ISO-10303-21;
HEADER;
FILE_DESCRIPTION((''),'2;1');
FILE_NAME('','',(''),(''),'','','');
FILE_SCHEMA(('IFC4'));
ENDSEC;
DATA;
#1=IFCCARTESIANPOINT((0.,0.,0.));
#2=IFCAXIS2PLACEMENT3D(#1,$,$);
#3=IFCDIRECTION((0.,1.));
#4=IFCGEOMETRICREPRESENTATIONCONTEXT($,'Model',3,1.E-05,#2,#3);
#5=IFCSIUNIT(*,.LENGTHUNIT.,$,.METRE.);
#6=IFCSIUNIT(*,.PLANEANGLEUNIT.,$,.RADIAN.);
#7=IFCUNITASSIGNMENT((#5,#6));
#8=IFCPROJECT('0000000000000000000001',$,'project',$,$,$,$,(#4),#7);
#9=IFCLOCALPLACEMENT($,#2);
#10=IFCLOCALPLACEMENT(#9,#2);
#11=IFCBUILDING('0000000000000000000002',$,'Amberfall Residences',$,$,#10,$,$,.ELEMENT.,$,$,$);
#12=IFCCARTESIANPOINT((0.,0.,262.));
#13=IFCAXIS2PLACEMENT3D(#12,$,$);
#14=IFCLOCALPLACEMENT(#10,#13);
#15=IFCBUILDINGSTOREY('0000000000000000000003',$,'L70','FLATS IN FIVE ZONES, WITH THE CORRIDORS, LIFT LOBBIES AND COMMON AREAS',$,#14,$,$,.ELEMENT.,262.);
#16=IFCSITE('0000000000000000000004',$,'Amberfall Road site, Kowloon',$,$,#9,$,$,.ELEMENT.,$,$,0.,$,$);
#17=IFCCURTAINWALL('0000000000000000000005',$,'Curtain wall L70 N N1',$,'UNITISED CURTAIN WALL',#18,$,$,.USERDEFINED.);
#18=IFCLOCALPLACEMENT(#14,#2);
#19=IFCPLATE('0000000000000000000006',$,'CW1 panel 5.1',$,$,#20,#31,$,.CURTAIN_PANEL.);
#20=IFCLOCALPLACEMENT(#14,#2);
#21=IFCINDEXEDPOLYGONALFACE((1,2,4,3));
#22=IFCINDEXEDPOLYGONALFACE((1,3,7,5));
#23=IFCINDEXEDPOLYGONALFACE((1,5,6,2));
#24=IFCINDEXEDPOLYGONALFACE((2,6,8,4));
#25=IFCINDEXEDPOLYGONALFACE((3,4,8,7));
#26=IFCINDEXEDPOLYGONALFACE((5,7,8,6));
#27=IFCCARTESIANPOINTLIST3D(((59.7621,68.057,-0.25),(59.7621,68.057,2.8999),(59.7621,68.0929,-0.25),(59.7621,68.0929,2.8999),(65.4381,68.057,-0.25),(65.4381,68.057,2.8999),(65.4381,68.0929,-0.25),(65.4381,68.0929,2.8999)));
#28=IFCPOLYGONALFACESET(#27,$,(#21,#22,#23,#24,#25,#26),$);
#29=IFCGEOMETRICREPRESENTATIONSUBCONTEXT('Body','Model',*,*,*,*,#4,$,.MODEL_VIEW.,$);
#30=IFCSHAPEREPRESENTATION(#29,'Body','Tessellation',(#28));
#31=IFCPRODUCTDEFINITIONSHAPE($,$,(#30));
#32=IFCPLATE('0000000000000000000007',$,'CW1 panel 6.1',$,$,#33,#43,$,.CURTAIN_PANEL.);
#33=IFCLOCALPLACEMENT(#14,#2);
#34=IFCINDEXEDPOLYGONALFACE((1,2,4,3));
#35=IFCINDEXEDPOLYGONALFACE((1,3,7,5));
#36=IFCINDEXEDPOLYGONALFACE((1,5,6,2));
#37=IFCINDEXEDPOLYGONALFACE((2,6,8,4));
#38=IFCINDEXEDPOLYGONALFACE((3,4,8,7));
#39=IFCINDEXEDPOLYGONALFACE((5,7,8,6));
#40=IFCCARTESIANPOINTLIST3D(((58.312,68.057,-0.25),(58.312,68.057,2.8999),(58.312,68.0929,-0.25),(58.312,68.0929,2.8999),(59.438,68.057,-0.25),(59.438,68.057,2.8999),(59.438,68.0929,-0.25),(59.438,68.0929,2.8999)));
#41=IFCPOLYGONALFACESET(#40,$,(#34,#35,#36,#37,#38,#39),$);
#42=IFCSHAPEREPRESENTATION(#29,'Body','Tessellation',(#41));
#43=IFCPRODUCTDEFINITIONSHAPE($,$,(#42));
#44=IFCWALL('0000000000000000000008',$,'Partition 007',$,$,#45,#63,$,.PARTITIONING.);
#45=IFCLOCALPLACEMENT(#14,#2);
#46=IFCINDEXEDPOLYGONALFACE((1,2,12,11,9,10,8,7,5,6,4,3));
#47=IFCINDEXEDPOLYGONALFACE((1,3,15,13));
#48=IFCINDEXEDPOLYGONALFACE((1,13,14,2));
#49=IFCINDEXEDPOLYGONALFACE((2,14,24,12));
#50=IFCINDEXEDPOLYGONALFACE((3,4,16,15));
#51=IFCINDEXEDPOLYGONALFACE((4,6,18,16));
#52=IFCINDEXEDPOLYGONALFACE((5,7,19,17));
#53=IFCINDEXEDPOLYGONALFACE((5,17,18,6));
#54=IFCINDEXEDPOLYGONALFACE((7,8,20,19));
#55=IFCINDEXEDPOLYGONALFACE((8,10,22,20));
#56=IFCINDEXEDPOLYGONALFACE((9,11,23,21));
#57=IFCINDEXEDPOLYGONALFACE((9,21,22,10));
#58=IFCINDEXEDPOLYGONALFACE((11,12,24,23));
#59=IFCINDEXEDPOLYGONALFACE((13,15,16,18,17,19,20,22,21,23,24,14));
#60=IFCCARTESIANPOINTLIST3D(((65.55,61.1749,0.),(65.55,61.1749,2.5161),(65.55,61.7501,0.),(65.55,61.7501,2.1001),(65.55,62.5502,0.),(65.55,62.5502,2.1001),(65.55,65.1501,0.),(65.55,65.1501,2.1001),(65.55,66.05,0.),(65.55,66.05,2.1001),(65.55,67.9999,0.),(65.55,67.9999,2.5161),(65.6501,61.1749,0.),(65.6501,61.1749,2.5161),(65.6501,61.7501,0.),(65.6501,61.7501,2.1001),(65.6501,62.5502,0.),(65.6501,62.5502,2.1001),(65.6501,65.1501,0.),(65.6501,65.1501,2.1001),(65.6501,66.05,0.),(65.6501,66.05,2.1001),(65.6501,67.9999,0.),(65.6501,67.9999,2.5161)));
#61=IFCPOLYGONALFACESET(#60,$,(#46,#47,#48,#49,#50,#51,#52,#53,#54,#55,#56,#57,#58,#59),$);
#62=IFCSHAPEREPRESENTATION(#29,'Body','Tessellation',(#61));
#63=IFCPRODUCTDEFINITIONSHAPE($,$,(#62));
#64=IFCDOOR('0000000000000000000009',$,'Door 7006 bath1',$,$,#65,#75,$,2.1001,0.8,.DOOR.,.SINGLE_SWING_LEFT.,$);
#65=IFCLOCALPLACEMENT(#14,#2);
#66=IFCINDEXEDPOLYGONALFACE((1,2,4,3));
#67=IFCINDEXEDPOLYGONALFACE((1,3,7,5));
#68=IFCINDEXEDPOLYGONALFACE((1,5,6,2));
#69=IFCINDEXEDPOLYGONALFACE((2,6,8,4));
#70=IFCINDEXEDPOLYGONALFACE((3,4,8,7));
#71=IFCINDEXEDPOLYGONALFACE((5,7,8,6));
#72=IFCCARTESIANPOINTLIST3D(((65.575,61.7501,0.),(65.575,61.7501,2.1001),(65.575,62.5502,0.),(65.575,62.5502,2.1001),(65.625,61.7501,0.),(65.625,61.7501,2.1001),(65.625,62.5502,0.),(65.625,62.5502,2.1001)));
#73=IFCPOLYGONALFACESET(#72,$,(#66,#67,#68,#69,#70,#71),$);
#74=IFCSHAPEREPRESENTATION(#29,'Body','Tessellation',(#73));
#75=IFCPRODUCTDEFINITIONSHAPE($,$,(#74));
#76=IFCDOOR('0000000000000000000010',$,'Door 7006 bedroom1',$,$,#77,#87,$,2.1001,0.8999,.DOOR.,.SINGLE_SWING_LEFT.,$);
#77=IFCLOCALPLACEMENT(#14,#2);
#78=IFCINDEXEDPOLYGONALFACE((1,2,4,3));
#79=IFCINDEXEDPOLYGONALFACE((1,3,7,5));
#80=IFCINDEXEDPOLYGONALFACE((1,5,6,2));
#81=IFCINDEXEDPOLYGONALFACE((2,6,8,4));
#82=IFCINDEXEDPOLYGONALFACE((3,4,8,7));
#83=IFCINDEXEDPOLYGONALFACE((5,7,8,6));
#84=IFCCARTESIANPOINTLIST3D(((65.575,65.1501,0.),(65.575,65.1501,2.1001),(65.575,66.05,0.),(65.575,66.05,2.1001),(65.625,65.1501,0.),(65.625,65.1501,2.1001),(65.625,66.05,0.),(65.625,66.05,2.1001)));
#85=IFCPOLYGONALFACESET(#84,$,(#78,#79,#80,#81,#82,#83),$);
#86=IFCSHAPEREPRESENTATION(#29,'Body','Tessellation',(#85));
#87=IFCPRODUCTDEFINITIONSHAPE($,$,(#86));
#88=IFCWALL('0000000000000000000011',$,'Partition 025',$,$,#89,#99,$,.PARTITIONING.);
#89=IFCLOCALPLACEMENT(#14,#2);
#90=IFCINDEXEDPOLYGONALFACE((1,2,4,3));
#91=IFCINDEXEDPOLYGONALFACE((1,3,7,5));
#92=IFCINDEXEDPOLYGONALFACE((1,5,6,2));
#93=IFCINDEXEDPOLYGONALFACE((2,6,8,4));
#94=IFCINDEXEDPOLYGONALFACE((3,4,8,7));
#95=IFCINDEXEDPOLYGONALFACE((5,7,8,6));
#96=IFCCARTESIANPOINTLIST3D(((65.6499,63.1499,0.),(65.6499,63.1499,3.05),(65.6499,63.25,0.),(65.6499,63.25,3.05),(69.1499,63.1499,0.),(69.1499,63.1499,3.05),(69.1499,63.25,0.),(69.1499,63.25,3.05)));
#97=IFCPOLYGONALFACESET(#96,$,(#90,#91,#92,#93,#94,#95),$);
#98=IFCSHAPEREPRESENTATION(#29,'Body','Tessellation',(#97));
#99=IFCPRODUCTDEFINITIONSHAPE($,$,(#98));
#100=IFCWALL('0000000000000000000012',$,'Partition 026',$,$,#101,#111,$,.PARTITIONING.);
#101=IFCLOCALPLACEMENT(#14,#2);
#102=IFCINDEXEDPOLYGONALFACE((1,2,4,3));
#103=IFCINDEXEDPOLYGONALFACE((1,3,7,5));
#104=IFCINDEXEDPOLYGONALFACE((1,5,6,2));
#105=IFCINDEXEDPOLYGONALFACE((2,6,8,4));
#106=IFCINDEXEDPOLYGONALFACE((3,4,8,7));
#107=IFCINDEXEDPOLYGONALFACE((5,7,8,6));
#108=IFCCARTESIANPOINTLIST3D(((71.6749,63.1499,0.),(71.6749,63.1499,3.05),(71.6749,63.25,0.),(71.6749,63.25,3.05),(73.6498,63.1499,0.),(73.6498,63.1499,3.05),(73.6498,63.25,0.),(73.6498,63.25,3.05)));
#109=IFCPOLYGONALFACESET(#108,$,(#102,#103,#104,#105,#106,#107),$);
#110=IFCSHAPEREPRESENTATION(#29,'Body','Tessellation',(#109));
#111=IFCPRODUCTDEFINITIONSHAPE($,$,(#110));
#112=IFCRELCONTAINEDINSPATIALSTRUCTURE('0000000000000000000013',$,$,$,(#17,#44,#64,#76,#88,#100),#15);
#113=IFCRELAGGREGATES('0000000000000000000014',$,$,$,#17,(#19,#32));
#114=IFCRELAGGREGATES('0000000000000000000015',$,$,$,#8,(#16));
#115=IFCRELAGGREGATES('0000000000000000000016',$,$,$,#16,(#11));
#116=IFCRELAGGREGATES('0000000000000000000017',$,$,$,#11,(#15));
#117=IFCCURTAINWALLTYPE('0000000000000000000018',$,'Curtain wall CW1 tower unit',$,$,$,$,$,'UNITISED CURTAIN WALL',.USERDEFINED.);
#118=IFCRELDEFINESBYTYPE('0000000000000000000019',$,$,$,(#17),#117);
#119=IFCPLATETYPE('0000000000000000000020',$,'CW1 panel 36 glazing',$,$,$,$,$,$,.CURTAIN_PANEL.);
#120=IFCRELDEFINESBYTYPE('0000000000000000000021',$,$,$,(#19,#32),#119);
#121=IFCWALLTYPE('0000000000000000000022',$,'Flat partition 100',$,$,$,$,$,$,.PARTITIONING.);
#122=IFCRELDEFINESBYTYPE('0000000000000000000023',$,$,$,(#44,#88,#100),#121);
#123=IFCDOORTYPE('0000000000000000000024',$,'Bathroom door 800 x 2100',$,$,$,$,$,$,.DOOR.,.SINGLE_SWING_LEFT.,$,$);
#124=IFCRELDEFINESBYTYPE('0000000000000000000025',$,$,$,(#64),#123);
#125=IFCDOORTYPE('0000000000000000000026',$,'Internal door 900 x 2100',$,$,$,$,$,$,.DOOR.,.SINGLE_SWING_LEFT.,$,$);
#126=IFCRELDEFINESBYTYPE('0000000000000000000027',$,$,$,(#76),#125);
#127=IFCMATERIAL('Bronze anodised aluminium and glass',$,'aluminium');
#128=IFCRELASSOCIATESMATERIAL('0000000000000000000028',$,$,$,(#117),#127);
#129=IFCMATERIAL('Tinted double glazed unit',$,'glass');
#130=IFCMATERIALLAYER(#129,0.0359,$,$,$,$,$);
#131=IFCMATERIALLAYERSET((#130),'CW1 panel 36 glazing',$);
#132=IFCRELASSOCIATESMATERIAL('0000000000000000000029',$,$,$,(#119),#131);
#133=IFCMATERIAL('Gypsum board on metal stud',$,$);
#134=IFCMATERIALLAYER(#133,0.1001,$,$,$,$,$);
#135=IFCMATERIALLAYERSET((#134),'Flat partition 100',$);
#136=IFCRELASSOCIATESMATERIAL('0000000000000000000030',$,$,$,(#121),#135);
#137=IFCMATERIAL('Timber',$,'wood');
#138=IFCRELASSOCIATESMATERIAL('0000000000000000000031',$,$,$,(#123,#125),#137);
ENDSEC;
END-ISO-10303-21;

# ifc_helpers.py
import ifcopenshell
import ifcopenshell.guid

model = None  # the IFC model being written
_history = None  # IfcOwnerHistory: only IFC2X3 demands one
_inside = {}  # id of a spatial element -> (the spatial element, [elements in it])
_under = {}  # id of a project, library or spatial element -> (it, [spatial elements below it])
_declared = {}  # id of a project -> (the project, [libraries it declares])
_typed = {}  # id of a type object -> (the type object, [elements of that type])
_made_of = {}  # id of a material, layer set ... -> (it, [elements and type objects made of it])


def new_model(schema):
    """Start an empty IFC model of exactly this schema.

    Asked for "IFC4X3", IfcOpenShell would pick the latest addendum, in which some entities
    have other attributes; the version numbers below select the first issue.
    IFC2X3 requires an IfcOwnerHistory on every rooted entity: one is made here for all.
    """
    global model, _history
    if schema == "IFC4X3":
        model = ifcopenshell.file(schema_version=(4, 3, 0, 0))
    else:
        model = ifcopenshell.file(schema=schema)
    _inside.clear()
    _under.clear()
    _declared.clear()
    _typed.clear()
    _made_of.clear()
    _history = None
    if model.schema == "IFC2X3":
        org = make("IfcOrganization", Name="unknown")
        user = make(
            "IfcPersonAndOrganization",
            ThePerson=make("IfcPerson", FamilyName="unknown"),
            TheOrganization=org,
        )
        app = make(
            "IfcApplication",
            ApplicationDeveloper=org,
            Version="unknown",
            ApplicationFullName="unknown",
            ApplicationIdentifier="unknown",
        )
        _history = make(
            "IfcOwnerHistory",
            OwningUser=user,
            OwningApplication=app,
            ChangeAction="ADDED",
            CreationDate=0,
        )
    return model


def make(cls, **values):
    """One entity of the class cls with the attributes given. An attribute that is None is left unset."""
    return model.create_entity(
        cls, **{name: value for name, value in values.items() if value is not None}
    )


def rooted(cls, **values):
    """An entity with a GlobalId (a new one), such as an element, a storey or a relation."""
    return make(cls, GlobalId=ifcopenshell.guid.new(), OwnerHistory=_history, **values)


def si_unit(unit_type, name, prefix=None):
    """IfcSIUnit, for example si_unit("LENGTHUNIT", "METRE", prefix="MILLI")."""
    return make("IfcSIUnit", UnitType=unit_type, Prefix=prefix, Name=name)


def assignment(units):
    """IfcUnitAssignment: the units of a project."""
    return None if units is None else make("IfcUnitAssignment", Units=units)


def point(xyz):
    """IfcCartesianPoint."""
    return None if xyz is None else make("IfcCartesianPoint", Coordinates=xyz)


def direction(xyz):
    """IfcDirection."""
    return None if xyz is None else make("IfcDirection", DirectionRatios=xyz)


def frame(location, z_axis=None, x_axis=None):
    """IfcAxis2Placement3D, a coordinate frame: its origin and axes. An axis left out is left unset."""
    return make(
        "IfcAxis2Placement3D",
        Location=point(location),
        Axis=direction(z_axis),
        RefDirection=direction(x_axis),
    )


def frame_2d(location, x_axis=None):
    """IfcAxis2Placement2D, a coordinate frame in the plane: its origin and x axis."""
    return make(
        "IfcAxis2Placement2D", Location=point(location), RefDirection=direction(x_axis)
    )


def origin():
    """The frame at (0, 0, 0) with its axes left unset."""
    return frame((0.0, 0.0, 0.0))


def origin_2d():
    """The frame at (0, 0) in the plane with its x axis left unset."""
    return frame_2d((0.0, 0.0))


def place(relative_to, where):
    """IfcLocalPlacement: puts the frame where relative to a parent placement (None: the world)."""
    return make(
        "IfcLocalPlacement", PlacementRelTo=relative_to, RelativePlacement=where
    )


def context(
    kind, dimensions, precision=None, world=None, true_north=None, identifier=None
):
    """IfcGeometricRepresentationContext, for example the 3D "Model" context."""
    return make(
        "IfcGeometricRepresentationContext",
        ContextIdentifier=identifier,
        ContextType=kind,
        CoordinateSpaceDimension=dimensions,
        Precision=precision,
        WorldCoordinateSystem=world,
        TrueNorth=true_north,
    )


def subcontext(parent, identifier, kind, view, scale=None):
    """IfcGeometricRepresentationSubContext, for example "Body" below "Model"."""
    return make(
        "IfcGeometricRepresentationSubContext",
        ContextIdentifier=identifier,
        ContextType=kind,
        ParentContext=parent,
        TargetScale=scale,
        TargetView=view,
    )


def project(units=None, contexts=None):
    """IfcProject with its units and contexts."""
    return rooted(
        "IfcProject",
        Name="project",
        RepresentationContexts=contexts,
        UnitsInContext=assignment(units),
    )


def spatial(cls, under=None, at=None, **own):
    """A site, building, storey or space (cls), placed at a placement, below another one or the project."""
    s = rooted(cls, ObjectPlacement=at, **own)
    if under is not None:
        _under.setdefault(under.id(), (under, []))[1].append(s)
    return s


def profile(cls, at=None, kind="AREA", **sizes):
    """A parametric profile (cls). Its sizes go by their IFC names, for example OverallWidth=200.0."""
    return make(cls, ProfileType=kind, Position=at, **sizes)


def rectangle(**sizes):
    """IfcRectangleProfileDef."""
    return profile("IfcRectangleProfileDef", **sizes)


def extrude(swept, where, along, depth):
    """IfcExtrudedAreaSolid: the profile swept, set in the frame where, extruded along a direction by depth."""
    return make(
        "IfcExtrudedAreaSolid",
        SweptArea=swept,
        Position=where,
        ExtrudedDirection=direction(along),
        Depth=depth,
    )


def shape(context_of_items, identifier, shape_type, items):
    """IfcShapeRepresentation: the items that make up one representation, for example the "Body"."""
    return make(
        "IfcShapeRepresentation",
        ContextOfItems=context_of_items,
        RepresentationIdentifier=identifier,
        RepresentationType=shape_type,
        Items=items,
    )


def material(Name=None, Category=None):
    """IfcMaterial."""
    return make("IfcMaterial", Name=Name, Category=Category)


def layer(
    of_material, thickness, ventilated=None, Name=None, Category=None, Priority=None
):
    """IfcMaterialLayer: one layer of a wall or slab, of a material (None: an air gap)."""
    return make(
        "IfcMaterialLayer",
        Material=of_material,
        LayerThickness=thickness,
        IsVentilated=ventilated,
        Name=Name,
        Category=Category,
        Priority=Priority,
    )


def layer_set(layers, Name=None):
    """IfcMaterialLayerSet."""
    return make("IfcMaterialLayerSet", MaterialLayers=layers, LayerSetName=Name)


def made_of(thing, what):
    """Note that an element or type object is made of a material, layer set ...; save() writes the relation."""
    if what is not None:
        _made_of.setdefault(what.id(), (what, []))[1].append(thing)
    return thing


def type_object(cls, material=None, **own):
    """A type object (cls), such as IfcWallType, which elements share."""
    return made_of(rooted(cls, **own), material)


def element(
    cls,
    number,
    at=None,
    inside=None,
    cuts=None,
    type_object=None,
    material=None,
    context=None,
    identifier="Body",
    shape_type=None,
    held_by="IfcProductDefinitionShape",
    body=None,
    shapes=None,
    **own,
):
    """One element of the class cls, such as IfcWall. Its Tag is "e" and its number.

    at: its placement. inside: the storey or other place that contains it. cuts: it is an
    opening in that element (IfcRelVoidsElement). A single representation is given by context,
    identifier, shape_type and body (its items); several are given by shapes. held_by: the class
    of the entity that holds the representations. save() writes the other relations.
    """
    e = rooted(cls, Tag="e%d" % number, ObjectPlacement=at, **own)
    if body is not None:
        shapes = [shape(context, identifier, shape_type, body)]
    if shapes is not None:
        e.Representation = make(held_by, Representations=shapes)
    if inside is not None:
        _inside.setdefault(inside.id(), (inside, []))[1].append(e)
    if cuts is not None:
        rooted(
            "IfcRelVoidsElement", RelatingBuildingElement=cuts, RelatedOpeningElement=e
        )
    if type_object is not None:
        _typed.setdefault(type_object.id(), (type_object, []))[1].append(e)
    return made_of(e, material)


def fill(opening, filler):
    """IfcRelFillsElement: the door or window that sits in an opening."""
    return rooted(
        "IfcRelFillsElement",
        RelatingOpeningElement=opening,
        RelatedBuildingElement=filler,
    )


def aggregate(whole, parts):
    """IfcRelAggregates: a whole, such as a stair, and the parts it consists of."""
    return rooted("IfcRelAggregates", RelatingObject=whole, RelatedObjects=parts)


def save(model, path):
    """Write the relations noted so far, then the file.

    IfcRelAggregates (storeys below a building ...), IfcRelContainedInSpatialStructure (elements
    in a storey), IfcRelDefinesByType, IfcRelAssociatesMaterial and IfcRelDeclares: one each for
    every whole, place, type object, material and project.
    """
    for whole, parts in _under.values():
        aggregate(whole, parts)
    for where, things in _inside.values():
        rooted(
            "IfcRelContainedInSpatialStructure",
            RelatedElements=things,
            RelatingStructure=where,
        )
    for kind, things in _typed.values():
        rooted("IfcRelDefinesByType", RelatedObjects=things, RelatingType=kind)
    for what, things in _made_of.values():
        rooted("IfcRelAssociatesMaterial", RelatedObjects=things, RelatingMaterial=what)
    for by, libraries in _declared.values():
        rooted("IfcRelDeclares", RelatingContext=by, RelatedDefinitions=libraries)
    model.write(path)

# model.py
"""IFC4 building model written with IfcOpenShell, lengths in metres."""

from ifc_helpers import new_model, si_unit, direction, frame, frame_2d, origin, origin_2d, place, context, subcontext, project, spatial, rectangle, extrude, material, layer, layer_set, type_object, element, fill, aggregate, save


model = new_model("IFC4")

# Units and contexts
model_context = context("Model", 3, precision=1e-05, world=origin(), true_north=direction((0.0, 1.0)))
body_context = subcontext(model_context, "Body", "Model", "MODEL_VIEW")
ifc_project = project(units=[si_unit("LENGTHUNIT", "METRE"), si_unit("PLANEANGLEUNIT", "RADIAN")], contexts=[model_context])

# Site, building, storey
site_placement = place(None, origin())
site = spatial("IfcSite", under=ifc_project, at=site_placement, Name="Amberfall Road site, Kowloon", CompositionType="ELEMENT", RefElevation=0.0)
building_placement = place(site_placement, origin())
building = spatial("IfcBuilding", under=site, at=building_placement, Name="Amberfall Residences", CompositionType="ELEMENT")
storey_placement = place(building_placement, frame((0.0, 0.0, 262.0)))
storey = spatial("IfcBuildingStorey", under=building, at=storey_placement, Name="L70", Description="FLATS IN FIVE ZONES, WITH THE CORRIDORS, LIFT LOBBIES AND COMMON AREAS", CompositionType="ELEMENT", Elevation=262.0)

# Curtain wall
ifc_material_1 = material(Name="Bronze anodised aluminium and glass", Category="aluminium")
curtain_wall_type = type_object("IfcCurtainWallType", Name="Curtain wall CW1 tower unit", ElementType="UNITISED CURTAIN WALL", PredefinedType="USERDEFINED", material=ifc_material_1)
curtain_wall_placement = place(storey_placement, origin())
curtain_wall = element("IfcCurtainWall", 1, at=curtain_wall_placement, inside=storey, type_object=curtain_wall_type, Name="Curtain wall L70 N N1", ObjectType="UNITISED CURTAIN WALL", PredefinedType="USERDEFINED")

# Plates
ifc_material_2 = material(Name="Tinted double glazed unit", Category="glass")
ifc_layer_1 = layer(ifc_material_2, 0.0359)
ifc_layer_set_1 = layer_set([ifc_layer_1], Name="CW1 panel 36 glazing")
plate_type = type_object("IfcPlateType", Name="CW1 panel 36 glazing", PredefinedType="CURTAIN_PANEL", material=ifc_layer_set_1)
plate_1_placement = place(storey_placement, frame((62.6001, 68.075, -0.25), z_axis=(0.0, 0.0, 1.0), x_axis=(-1.0, 0.0, 0.0)))
plate_1 = element("IfcPlate", 2, at=plate_1_placement, type_object=plate_type, Name="CW1 panel 5.1", PredefinedType="CURTAIN_PANEL", context=body_context, shape_type="SweptSolid", body=[
    extrude(rectangle(XDim=5.676, YDim=0.0359, at=origin_2d()), origin(), (0.0, 0.0, 1.0), 3.1499),
])
plate_2_placement = place(storey_placement, frame((58.875, 68.075, -0.25), z_axis=(0.0, 0.0, 1.0), x_axis=(-1.0, 0.0, 0.0)))
plate_2 = element("IfcPlate", 3, at=plate_2_placement, type_object=plate_type, Name="CW1 panel 6.1", PredefinedType="CURTAIN_PANEL", context=body_context, shape_type="SweptSolid", body=[
    extrude(rectangle(XDim=1.126, YDim=0.0359, at=origin_2d()), origin(), (0.0, 0.0, 1.0), 3.1499),
])
aggregate(curtain_wall, [plate_1, plate_2])

# Wall, openings, doors
ifc_material_3 = material(Name="Gypsum board on metal stud")
ifc_layer_2 = layer(ifc_material_3, 0.1001)
ifc_layer_set_2 = layer_set([ifc_layer_2], Name="Flat partition 100")
wall_type = type_object("IfcWallType", Name="Flat partition 100", PredefinedType="PARTITIONING", material=ifc_layer_set_2)
wall_1_placement = place(storey_placement, frame((65.6001, 68.0, 0.0), z_axis=(0.0, 0.0, 1.0), x_axis=(0.0, -1.0, 0.0)))
wall_1 = element("IfcWall", 4, at=wall_1_placement, inside=storey, type_object=wall_type, Name="Partition 007", PredefinedType="PARTITIONING", context=body_context, shape_type="SweptSolid", body=[
    extrude(rectangle(XDim=6.825, YDim=0.1001, at=frame_2d((3.4126, 0.0))), origin(), (0.0, 0.0, 1.0), 2.5161),
])
opening_1_placement = place(wall_1_placement, frame((1.95, 0.0, 0.0)))
opening_1 = element("IfcOpeningElement", 5, at=opening_1_placement, cuts=wall_1, PredefinedType="OPENING", context=body_context, shape_type="SweptSolid", body=[
    extrude(rectangle(XDim=0.8999, YDim=2.1001, at=frame_2d((0.45, 1.05))), frame((0.0, 0.0601, 0.0), z_axis=(0.0, -1.0, 0.0), x_axis=(1.0, 0.0, 0.0)), (0.0, 0.0, 1.0), 0.1201),
])
opening_2_placement = place(wall_1_placement, frame((5.45, 0.0, 0.0)))
opening_2 = element("IfcOpeningElement", 6, at=opening_2_placement, cuts=wall_1, PredefinedType="OPENING", context=body_context, shape_type="SweptSolid", body=[
    extrude(rectangle(XDim=0.8, YDim=2.1001, at=frame_2d((0.3999, 1.05))), frame((0.0, 0.0601, 0.0), z_axis=(0.0, -1.0, 0.0), x_axis=(1.0, 0.0, 0.0)), (0.0, 0.0, 1.0), 0.1201),
])
ifc_material_4 = material(Name="Timber", Category="wood")
door_type_1 = type_object("IfcDoorType", Name="Bathroom door 800 x 2100", OperationType="SINGLE_SWING_LEFT", PredefinedType="DOOR", material=ifc_material_4)
door_1_placement = place(opening_2_placement, origin())
door_1 = element("IfcDoor", 7, at=door_1_placement, inside=storey, type_object=door_type_1, Name="Door 7006 bath1", OperationType="SINGLE_SWING_LEFT", OverallHeight=2.1001, OverallWidth=0.8, PredefinedType="DOOR", context=body_context, shape_type="SweptSolid", body=[
    extrude(rectangle(XDim=0.8, YDim=2.1001, at=frame_2d((0.3999, 1.05))), frame((0.0, 0.0249, 0.0), z_axis=(0.0, -1.0, 0.0), x_axis=(1.0, 0.0, 0.0)), (0.0, 0.0, 1.0), 0.05),
])
fill(opening_2, door_1)
door_type_2 = type_object("IfcDoorType", Name="Internal door 900 x 2100", OperationType="SINGLE_SWING_LEFT", PredefinedType="DOOR", material=ifc_material_4)
door_2_placement = place(opening_1_placement, origin())
door_2 = element("IfcDoor", 8, at=door_2_placement, inside=storey, type_object=door_type_2, Name="Door 7006 bedroom1", OperationType="SINGLE_SWING_LEFT", OverallHeight=2.1001, OverallWidth=0.8999, PredefinedType="DOOR", context=body_context, shape_type="SweptSolid", body=[
    extrude(rectangle(XDim=0.8999, YDim=2.1001, at=frame_2d((0.45, 1.05))), frame((0.0, 0.0249, 0.0), z_axis=(0.0, -1.0, 0.0), x_axis=(1.0, 0.0, 0.0)), (0.0, 0.0, 1.0), 0.05),
])
fill(opening_1, door_2)

# Walls
wall_2_placement = place(storey_placement, frame((65.6499, 63.2, 0.0), z_axis=(0.0, 0.0, 1.0), x_axis=(1.0, 0.0, 0.0)))
element("IfcWall", 9, at=wall_2_placement, inside=storey, type_object=wall_type, Name="Partition 025", PredefinedType="PARTITIONING", context=body_context, shape_type="SweptSolid", body=[
    extrude(rectangle(XDim=3.5, YDim=0.1001, at=frame_2d((1.75, 0.0))), origin(), (0.0, 0.0, 1.0), 3.05),
])
wall_3_placement = place(storey_placement, frame((71.675, 63.2, 0.0), z_axis=(0.0, 0.0, 1.0), x_axis=(1.0, 0.0, 0.0)))
element("IfcWall", 10, at=wall_3_placement, inside=storey, type_object=wall_type, Name="Partition 026", PredefinedType="PARTITIONING", context=body_context, shape_type="SweptSolid", body=[
    extrude(rectangle(XDim=1.9749, YDim=0.1001, at=frame_2d((0.9873, 0.0))), origin(), (0.0, 0.0, 1.0), 3.05),
])

save(model, "model.ifc")
